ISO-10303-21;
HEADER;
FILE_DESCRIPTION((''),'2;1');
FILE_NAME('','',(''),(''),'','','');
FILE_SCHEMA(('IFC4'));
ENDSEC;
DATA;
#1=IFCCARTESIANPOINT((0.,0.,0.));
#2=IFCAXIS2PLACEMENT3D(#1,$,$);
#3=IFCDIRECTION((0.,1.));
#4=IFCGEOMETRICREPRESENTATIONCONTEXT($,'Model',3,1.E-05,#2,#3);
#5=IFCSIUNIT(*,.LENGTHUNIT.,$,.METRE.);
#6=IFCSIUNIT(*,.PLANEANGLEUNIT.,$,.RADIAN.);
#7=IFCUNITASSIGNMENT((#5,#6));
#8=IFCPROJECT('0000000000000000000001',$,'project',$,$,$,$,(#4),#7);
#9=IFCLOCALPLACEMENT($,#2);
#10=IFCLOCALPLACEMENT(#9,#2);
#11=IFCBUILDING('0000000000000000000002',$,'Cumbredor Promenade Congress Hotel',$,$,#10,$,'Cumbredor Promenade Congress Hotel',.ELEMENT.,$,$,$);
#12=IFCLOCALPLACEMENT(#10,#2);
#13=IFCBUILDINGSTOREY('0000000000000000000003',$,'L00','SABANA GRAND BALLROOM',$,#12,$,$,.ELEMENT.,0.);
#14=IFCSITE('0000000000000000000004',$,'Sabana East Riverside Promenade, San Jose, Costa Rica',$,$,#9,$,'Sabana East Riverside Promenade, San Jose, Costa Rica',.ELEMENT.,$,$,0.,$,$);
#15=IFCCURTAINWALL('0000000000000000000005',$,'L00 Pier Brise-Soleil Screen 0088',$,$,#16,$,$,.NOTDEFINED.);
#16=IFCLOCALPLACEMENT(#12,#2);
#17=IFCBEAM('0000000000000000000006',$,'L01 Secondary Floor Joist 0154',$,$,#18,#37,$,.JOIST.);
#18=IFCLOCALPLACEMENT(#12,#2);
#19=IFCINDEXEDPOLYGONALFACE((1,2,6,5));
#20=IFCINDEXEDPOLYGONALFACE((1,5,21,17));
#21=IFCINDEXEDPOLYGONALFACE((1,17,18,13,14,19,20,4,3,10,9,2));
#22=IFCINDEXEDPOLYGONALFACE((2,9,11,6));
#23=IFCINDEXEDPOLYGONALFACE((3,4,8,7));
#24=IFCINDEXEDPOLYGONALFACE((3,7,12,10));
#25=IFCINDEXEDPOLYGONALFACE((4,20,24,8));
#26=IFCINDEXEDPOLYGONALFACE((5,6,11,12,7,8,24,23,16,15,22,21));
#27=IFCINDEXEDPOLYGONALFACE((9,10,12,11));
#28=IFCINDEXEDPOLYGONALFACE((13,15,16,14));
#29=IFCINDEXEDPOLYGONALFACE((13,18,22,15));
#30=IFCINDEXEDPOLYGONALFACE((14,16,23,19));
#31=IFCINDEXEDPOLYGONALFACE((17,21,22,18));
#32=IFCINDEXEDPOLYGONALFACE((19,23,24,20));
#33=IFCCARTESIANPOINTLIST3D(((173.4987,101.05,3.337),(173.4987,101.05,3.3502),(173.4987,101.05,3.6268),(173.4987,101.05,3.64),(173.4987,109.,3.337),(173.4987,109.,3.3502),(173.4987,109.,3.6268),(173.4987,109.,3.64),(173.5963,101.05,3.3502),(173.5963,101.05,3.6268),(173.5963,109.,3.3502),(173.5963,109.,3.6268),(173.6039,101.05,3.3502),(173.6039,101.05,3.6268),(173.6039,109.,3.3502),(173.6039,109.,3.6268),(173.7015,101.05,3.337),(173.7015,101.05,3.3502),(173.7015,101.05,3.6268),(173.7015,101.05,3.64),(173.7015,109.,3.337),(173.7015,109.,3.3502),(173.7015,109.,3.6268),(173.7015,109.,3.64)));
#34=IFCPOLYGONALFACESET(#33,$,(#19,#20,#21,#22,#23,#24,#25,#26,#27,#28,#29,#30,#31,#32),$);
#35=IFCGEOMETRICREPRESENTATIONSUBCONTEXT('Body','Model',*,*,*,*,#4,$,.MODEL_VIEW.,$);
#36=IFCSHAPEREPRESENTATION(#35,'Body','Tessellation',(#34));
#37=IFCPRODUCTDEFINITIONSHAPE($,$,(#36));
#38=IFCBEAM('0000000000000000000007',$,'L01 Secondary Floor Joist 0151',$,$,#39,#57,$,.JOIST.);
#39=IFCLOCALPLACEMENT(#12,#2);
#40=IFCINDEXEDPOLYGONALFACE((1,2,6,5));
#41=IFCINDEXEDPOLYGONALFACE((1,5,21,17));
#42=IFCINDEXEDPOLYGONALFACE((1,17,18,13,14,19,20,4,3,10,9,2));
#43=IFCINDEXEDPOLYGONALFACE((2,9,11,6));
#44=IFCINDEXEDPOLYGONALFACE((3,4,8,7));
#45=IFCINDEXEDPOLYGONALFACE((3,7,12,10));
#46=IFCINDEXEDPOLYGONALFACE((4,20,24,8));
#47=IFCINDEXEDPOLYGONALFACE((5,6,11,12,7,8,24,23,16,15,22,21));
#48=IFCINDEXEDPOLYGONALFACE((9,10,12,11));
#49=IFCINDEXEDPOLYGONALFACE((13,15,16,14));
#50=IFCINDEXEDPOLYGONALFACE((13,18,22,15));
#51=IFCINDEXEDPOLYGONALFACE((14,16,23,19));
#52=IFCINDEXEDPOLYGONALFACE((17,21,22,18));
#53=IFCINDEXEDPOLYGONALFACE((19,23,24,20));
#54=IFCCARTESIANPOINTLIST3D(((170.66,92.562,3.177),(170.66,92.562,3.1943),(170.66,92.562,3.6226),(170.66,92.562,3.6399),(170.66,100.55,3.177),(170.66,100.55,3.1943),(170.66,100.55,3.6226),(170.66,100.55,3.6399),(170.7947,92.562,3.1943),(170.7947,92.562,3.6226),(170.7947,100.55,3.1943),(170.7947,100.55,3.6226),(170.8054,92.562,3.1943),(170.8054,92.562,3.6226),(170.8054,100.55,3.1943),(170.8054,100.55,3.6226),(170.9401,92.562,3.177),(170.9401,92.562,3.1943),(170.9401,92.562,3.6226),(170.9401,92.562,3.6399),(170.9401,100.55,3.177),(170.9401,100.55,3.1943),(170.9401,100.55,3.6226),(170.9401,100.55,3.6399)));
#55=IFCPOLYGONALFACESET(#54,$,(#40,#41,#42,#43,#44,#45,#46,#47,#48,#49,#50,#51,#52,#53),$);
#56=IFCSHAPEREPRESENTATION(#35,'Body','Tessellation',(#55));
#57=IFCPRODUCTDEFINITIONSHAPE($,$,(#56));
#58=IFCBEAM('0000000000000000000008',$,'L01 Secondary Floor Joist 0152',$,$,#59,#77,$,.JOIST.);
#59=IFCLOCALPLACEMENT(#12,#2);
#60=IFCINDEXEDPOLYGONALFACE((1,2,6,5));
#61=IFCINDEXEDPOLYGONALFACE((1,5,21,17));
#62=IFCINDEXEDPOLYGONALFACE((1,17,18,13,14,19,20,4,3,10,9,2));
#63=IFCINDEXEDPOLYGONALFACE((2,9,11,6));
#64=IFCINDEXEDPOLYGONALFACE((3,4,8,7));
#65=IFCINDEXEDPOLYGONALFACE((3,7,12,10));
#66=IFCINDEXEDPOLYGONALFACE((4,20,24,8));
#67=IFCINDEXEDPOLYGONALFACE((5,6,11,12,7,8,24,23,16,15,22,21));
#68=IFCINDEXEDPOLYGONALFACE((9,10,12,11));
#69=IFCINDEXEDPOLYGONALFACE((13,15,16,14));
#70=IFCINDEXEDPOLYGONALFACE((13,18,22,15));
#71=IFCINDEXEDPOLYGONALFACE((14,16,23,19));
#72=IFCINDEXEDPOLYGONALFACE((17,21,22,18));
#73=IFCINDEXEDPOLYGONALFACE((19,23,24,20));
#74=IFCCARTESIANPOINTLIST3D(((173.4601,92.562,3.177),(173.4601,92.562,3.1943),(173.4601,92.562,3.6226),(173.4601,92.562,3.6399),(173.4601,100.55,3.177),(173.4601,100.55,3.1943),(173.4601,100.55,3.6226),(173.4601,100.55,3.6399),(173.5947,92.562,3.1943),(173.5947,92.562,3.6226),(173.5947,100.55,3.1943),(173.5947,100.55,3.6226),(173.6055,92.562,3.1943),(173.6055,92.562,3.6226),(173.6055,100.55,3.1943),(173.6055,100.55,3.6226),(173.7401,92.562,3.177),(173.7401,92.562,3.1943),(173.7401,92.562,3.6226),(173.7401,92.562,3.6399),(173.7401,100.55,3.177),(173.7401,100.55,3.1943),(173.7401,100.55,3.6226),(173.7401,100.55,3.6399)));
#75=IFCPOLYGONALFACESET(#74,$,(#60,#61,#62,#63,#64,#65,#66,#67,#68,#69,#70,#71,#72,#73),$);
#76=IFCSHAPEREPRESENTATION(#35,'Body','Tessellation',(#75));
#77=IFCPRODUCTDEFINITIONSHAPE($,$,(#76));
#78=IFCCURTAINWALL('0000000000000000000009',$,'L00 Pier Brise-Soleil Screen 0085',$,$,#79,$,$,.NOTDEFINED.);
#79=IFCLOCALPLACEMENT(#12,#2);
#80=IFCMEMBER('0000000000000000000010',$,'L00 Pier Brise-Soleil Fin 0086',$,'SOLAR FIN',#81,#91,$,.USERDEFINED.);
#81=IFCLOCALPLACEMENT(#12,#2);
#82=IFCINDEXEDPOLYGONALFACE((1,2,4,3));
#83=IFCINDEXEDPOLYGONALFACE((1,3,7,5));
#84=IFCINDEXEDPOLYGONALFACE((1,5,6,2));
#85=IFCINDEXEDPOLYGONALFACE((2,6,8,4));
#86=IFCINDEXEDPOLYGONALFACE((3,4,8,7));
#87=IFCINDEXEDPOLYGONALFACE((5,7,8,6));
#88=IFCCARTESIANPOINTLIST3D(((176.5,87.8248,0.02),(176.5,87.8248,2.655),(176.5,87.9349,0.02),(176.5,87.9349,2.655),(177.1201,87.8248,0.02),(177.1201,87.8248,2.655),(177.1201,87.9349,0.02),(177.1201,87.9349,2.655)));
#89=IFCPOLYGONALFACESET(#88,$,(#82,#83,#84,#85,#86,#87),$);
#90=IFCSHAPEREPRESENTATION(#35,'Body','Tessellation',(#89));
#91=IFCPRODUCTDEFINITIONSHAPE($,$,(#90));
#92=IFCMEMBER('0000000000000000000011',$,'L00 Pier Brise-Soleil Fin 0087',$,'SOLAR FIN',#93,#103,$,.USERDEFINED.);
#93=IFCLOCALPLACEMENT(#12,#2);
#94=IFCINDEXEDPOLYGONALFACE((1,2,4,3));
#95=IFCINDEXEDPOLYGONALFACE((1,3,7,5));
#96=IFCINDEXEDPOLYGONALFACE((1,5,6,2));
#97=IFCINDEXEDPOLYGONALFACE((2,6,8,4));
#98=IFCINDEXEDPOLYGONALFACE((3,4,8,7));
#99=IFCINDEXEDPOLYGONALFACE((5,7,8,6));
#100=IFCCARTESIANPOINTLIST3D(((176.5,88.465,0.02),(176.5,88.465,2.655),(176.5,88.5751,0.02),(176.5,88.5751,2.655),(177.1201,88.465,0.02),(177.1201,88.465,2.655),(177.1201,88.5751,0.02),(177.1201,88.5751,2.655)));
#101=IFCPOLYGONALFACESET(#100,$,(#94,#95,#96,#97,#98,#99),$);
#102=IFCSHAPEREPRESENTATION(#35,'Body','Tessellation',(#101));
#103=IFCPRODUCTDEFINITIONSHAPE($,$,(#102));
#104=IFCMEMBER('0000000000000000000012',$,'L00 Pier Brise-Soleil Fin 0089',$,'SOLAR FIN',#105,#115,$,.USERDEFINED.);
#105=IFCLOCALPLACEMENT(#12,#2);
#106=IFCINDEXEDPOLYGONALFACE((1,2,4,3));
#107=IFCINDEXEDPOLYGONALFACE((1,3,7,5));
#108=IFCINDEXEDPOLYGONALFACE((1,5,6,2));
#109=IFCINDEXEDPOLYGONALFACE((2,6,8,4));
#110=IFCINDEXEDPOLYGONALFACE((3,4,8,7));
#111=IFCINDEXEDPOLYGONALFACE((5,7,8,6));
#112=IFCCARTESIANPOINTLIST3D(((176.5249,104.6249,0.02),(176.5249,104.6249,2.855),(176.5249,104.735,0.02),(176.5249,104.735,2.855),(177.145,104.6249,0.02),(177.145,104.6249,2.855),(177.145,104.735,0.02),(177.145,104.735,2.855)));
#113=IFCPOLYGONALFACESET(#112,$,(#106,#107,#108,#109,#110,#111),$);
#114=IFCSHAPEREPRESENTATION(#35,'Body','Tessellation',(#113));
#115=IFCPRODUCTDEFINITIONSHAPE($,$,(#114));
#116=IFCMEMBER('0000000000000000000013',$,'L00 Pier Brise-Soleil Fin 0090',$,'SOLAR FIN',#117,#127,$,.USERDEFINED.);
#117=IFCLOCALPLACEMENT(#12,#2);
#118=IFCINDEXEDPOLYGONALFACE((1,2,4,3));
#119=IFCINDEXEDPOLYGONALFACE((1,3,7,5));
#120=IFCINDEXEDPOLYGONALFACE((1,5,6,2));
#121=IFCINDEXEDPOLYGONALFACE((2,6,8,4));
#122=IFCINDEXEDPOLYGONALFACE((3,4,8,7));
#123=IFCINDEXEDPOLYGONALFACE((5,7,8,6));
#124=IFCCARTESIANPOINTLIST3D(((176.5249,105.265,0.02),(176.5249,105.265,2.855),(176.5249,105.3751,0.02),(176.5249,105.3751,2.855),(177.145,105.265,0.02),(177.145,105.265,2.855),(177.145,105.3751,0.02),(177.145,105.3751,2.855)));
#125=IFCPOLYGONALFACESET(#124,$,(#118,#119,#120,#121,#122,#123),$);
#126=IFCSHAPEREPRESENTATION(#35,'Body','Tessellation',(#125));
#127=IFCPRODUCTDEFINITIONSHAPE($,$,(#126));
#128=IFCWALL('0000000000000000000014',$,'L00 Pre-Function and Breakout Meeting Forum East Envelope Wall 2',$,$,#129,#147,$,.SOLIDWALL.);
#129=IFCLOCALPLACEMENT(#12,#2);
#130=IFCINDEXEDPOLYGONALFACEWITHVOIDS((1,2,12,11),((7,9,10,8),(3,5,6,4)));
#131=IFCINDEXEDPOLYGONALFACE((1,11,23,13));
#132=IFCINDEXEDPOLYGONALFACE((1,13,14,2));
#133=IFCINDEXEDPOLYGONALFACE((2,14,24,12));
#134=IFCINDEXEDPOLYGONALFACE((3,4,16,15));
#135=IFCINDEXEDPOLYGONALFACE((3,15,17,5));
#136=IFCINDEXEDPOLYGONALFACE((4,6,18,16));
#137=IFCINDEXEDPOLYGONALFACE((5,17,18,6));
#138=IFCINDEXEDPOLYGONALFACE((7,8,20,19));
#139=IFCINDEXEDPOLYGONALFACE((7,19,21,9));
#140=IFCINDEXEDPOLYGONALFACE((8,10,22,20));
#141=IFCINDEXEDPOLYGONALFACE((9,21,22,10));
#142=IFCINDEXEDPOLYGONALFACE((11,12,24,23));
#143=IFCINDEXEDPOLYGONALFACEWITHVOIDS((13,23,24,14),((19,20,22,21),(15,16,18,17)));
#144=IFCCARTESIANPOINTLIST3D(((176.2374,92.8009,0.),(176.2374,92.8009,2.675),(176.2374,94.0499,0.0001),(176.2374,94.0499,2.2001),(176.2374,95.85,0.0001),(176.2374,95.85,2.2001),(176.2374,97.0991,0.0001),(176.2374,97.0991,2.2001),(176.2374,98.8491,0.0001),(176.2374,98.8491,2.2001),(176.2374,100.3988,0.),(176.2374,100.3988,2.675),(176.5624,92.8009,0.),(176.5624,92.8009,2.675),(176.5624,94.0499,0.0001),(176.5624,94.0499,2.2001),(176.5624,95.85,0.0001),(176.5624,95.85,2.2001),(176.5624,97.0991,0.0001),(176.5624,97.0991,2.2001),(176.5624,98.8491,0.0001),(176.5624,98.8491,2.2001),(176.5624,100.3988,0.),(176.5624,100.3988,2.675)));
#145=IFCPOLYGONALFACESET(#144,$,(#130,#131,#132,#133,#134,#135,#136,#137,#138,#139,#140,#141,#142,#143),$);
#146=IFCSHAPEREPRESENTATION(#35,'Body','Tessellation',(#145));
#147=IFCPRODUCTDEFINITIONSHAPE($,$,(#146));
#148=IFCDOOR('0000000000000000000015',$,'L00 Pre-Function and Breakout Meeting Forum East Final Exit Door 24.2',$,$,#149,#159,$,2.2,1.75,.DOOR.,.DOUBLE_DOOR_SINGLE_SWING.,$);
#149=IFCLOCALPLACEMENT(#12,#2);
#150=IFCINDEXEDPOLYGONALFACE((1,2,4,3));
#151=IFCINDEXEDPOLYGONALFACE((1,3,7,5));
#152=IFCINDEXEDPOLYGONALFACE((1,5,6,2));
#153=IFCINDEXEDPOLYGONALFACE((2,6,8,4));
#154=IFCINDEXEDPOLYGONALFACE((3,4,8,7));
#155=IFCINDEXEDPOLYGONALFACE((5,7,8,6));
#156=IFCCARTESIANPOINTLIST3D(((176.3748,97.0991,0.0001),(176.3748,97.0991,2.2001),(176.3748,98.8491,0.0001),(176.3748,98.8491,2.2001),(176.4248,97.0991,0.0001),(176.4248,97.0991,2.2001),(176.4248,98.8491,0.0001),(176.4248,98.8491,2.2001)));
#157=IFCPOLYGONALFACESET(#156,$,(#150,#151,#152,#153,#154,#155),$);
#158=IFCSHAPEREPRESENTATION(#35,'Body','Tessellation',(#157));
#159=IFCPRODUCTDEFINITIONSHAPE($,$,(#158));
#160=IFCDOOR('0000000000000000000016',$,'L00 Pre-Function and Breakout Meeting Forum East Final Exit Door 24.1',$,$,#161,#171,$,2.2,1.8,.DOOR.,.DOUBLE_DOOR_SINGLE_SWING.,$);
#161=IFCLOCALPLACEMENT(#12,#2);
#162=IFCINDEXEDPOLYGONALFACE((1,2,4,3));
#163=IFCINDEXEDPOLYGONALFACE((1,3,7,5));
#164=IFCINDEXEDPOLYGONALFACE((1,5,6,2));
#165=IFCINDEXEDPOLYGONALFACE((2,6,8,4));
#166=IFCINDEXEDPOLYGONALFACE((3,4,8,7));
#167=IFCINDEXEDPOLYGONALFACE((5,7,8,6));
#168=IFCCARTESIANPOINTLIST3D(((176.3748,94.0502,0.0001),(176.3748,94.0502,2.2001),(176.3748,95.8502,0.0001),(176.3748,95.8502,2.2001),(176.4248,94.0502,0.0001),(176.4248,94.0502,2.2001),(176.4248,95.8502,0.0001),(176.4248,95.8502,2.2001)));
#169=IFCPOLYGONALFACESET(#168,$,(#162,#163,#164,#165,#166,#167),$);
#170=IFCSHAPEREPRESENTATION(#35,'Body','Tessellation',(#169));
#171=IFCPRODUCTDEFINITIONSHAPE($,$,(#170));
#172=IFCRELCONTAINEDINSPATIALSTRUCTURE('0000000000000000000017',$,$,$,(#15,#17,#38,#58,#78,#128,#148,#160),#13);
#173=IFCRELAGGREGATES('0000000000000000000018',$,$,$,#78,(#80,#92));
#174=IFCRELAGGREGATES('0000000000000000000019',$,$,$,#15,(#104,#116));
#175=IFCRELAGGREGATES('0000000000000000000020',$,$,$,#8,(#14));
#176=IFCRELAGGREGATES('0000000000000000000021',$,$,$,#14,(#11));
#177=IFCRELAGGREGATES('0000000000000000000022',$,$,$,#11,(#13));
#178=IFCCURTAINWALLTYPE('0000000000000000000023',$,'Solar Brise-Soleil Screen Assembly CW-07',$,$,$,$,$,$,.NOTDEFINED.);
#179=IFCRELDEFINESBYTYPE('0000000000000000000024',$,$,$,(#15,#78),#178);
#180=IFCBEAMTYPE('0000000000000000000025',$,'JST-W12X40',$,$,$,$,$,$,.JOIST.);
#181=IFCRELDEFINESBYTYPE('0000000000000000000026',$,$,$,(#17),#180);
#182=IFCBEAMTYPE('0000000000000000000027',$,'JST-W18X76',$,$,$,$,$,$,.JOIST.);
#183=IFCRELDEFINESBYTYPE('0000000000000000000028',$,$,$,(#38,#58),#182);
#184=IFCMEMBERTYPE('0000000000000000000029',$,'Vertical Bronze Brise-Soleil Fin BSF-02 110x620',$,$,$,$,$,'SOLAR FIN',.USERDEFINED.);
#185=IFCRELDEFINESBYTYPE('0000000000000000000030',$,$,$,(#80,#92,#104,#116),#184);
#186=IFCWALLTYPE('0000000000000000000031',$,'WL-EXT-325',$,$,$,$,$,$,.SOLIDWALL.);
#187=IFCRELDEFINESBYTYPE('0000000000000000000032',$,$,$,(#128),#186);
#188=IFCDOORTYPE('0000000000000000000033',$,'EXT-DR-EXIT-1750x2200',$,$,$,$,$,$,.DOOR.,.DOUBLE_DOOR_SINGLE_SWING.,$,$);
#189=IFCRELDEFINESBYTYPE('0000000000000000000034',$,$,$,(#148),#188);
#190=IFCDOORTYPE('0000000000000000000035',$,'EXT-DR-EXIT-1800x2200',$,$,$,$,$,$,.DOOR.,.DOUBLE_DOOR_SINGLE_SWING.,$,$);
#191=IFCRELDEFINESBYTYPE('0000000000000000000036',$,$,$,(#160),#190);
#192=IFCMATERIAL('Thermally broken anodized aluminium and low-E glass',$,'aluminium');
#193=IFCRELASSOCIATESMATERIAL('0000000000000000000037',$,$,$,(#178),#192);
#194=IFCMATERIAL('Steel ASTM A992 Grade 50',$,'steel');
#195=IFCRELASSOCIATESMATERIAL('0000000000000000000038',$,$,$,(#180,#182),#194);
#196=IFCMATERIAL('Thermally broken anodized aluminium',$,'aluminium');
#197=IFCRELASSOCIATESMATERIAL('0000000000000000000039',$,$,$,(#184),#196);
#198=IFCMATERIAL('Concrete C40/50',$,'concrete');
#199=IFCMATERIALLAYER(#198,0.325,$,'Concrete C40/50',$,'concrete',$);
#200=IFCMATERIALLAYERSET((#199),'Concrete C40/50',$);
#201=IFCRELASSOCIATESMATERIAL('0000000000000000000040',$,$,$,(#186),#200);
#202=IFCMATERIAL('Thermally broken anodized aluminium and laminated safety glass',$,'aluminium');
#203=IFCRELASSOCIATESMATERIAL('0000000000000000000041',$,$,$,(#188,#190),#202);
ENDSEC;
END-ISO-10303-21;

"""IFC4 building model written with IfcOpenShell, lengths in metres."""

from ifc_helpers import new_model, si_unit, direction, frame, frame_2d, origin, origin_2d, place, context, subcontext, project, spatial, rectangle, i_section, extrude, material, layer, layer_set, material_profile, profile_set, type_object, element, fill, aggregate, save


model = new_model("IFC4")

# Units and contexts
model_context = context("Model", 3, precision=1e-05, world=origin(), true_north=direction((0.0, 1.0)))
body_context = subcontext(model_context, "Body", "Model", "MODEL_VIEW")
ifc_project = project(units=[si_unit("LENGTHUNIT", "METRE"), si_unit("PLANEANGLEUNIT", "RADIAN")], contexts=[model_context])

# Site, building, storey
site_placement = place(None, origin())
site = spatial("IfcSite", under=ifc_project, at=site_placement, Name="Sabana East Riverside Promenade, San Jose, Costa Rica", LongName="Sabana East Riverside Promenade, San Jose, Costa Rica", CompositionType="ELEMENT", RefElevation=0.0)
building_placement = place(site_placement, origin())
building = spatial("IfcBuilding", under=site, at=building_placement, Name="Cumbredor Promenade Congress Hotel", LongName="Cumbredor Promenade Congress Hotel", CompositionType="ELEMENT")
storey_placement = place(building_placement, origin())
storey = spatial("IfcBuildingStorey", under=building, at=storey_placement, Name="L00", Description="SABANA GRAND BALLROOM", CompositionType="ELEMENT", Elevation=0.0)

# Shared definitions
ifc_material_1 = material(Name="Concrete C40/50", Category="concrete")
ifc_material_2 = material(Name="Steel ASTM A992 Grade 50", Category="steel")

# Curtain wall
ifc_material_3 = material(Name="Thermally broken anodized aluminium and low-E glass", Category="aluminium")
curtain_wall_type = type_object("IfcCurtainWallType", Name="Solar Brise-Soleil Screen Assembly CW-07", PredefinedType="NOTDEFINED", material=ifc_material_3)
curtain_wall_1_placement = place(storey_placement, origin())
curtain_wall_1 = element("IfcCurtainWall", 1, at=curtain_wall_1_placement, inside=storey, type_object=curtain_wall_type, Name="L00 Pier Brise-Soleil Screen 0088", PredefinedType="NOTDEFINED")
ifc_material_4 = material(Name="Thermally broken anodized aluminium", Category="aluminium")

# Beams
ifc_material_profile_1 = material_profile(ifc_material_2, i_section(OverallWidth=0.2029, OverallDepth=0.303, WebThickness=0.0076, FlangeThickness=0.0132, at=origin_2d()), Name="W12X40")
ifc_profile_set_1 = profile_set([ifc_material_profile_1], Name="Steel ASTM A992 Grade 50")
beam_type_1 = type_object("IfcBeamType", Name="JST-W12X40", PredefinedType="JOIST", material=ifc_profile_set_1)
for number, where, z_axis, x_axis, name in (
    (2, (173.6001, 101.05, 3.4885), (0.0, 1.0, 0.0), (-1.0, 0.0, 0.0), "L01 Secondary Floor Joist 0154"),
):
    element("IfcBeam", number, at=place(storey_placement, frame(where, z_axis=z_axis, x_axis=x_axis)), inside=storey, type_object=beam_type_1, Name=name, PredefinedType="JOIST", context=body_context, shape_type="SweptSolid", body=[
        extrude(i_section(OverallWidth=0.2029, OverallDepth=0.303, WebThickness=0.0076, FlangeThickness=0.0132, at=origin_2d()), origin(), (0.0, 0.0, 1.0), 7.95),
    ])
ifc_material_profile_2 = material_profile(ifc_material_2, i_section(OverallWidth=0.28, OverallDepth=0.4629, WebThickness=0.0107, FlangeThickness=0.0173, at=origin_2d()), Name="W18X76")
ifc_profile_set_2 = profile_set([ifc_material_profile_2], Name="Steel ASTM A992 Grade 50")
beam_type_2 = type_object("IfcBeamType", Name="JST-W18X76", PredefinedType="JOIST", material=ifc_profile_set_2)
for number, where, z_axis, x_axis, name in (
    (3, (170.8, 92.562, 3.4084), (0.0, 1.0, 0.0), (-1.0, 0.0, 0.0), "L01 Secondary Floor Joist 0151"),
    (4, (173.6001, 92.562, 3.4084), (0.0, 1.0, 0.0), (-1.0, 0.0, 0.0), "L01 Secondary Floor Joist 0152"),
):
    element("IfcBeam", number, at=place(storey_placement, frame(where, z_axis=z_axis, x_axis=x_axis)), inside=storey, type_object=beam_type_2, Name=name, PredefinedType="JOIST", context=body_context, shape_type="SweptSolid", body=[
        extrude(i_section(OverallWidth=0.28, OverallDepth=0.4629, WebThickness=0.0107, FlangeThickness=0.0173, at=origin_2d()), origin(), (0.0, 0.0, 1.0), 7.988),
    ])

# Curtain wall, members
curtain_wall_2_placement = place(storey_placement, origin())
curtain_wall_2 = element("IfcCurtainWall", 5, at=curtain_wall_2_placement, inside=storey, type_object=curtain_wall_type, Name="L00 Pier Brise-Soleil Screen 0085", PredefinedType="NOTDEFINED")
ifc_material_profile_3 = material_profile(ifc_material_4, rectangle(XDim=0.1101, YDim=0.6201, at=origin_2d()), Name="ARCH FIN 110x620")
ifc_profile_set_3 = profile_set([ifc_material_profile_3], Name="Thermally broken anodized aluminium")
member_type_1 = type_object("IfcMemberType", Name="Vertical Bronze Brise-Soleil Fin BSF-02 110x620", ElementType="SOLAR FIN", PredefinedType="USERDEFINED", material=ifc_profile_set_3)
member_1_placement = place(storey_placement, frame((176.8101, 87.8799, 0.02), z_axis=(0.0, 0.0, 1.0), x_axis=(0.0, 1.0, 0.0)))
member_1 = element("IfcMember", 6, at=member_1_placement, type_object=member_type_1, Name="L00 Pier Brise-Soleil Fin 0086", ObjectType="SOLAR FIN", PredefinedType="USERDEFINED", context=body_context, shape_type="SweptSolid", body=[
    extrude(rectangle(XDim=0.1101, YDim=0.6201, at=origin_2d()), origin(), (0.0, 0.0, 1.0), 2.635),
])
member_2_placement = place(storey_placement, frame((176.8101, 88.52, 0.02), z_axis=(0.0, 0.0, 1.0), x_axis=(0.0, 1.0, 0.0)))
member_2 = element("IfcMember", 7, at=member_2_placement, type_object=member_type_1, Name="L00 Pier Brise-Soleil Fin 0087", ObjectType="SOLAR FIN", PredefinedType="USERDEFINED", context=body_context, shape_type="SweptSolid", body=[
    extrude(rectangle(XDim=0.1101, YDim=0.6201, at=origin_2d()), origin(), (0.0, 0.0, 1.0), 2.635),
])
aggregate(curtain_wall_2, [member_1, member_2])

# Members
member_3_placement = place(storey_placement, frame((176.835, 104.6799, 0.02), z_axis=(0.0, 0.0, 1.0), x_axis=(0.0, 1.0, 0.0)))
member_3 = element("IfcMember", 8, at=member_3_placement, type_object=member_type_1, Name="L00 Pier Brise-Soleil Fin 0089", ObjectType="SOLAR FIN", PredefinedType="USERDEFINED", context=body_context, shape_type="SweptSolid", body=[
    extrude(rectangle(XDim=0.1101, YDim=0.6201, at=origin_2d()), origin(), (0.0, 0.0, 1.0), 2.835),
])
member_4_placement = place(storey_placement, frame((176.835, 105.3201, 0.02), z_axis=(0.0, 0.0, 1.0), x_axis=(0.0, 1.0, 0.0)))
member_4 = element("IfcMember", 9, at=member_4_placement, type_object=member_type_1, Name="L00 Pier Brise-Soleil Fin 0090", ObjectType="SOLAR FIN", PredefinedType="USERDEFINED", context=body_context, shape_type="SweptSolid", body=[
    extrude(rectangle(XDim=0.1101, YDim=0.6201, at=origin_2d()), origin(), (0.0, 0.0, 1.0), 2.835),
])
aggregate(curtain_wall_1, [member_3, member_4])

# Wall, openings, doors
ifc_layer_1 = layer(ifc_material_1, 0.325, Name="Concrete C40/50", Category="concrete")
ifc_layer_set_1 = layer_set([ifc_layer_1], Name="Concrete C40/50")
wall_type_1 = type_object("IfcWallType", Name="WL-EXT-325", PredefinedType="SOLIDWALL", material=ifc_layer_set_1)
wall_1_placement = place(storey_placement, frame((176.3999, 92.801, 0.0), z_axis=(0.0, 0.0, 1.0), x_axis=(0.0, 1.0, 0.0)))
wall_1 = element("IfcWall", 10, at=wall_1_placement, inside=storey, type_object=wall_type_1, Name="L00 Pre-Function and Breakout Meeting Forum East Envelope Wall 2", PredefinedType="SOLIDWALL", context=body_context, shape_type="SweptSolid", body=[
    extrude(rectangle(XDim=7.5979, YDim=0.325, at=frame_2d((3.7988, 0.0))), origin(), (0.0, 0.0, 1.0), 2.675),
])
opening_1_placement = place(wall_1_placement, frame((1.249, 0.0, 0.0)))
opening_1 = element("IfcOpeningElement", 11, at=opening_1_placement, cuts=wall_1, PredefinedType="OPENING", context=body_context, shape_type="SweptSolid", body=[
    extrude(rectangle(XDim=1.8, YDim=2.2, at=frame_2d((0.8999, 1.1001))), frame((0.0, 0.1724, 0.0), z_axis=(0.0, -1.0, 0.0), x_axis=(1.0, 0.0, 0.0)), (0.0, 0.0, 1.0), 0.345),
])
opening_2_placement = place(wall_1_placement, frame((4.2981, 0.0, 0.0)))
opening_2 = element("IfcOpeningElement", 12, at=opening_2_placement, cuts=wall_1, PredefinedType="OPENING", context=body_context, shape_type="SweptSolid", body=[
    extrude(rectangle(XDim=1.75, YDim=2.2, at=frame_2d((0.875, 1.1001))), frame((0.0, 0.1724, 0.0), z_axis=(0.0, -1.0, 0.0), x_axis=(1.0, 0.0, 0.0)), (0.0, 0.0, 1.0), 0.345),
])
ifc_material_5 = material(Name="Thermally broken anodized aluminium and laminated safety glass", Category="aluminium")
door_type_1 = type_object("IfcDoorType", Name="EXT-DR-EXIT-1750x2200", OperationType="DOUBLE_DOOR_SINGLE_SWING", PredefinedType="DOOR", material=ifc_material_5)
door_1_placement = place(opening_2_placement, frame((1.75, 0.0, 0.0), z_axis=(0.0, 0.0, 1.0), x_axis=(-1.0, 0.0, 0.0)))
door_1 = element("IfcDoor", 13, at=door_1_placement, inside=storey, type_object=door_type_1, Name="L00 Pre-Function and Breakout Meeting Forum East Final Exit Door 24.2", OperationType="DOUBLE_DOOR_SINGLE_SWING", OverallHeight=2.2, OverallWidth=1.75, PredefinedType="DOOR", context=body_context, shape_type="SweptSolid", body=[
    extrude(rectangle(XDim=1.75, YDim=2.2, at=frame_2d((0.875, 1.1001))), frame((0.0, 0.0249, 0.0), z_axis=(0.0, -1.0, 0.0), x_axis=(1.0, 0.0, 0.0)), (0.0, 0.0, 1.0), 0.05),
])
fill(opening_2, door_1)
door_type_2 = type_object("IfcDoorType", Name="EXT-DR-EXIT-1800x2200", OperationType="DOUBLE_DOOR_SINGLE_SWING", PredefinedType="DOOR", material=ifc_material_5)
door_2_placement = place(opening_1_placement, frame((1.8, 0.0, 0.0), z_axis=(0.0, 0.0, 1.0), x_axis=(-1.0, 0.0, 0.0)))
door_2 = element("IfcDoor", 14, at=door_2_placement, inside=storey, type_object=door_type_2, Name="L00 Pre-Function and Breakout Meeting Forum East Final Exit Door 24.1", OperationType="DOUBLE_DOOR_SINGLE_SWING", OverallHeight=2.2, OverallWidth=1.8, PredefinedType="DOOR", context=body_context, shape_type="SweptSolid", body=[
    extrude(rectangle(XDim=1.8, YDim=2.2, at=frame_2d((0.8999, 1.1001))), frame((0.0, 0.0249, 0.0), z_axis=(0.0, -1.0, 0.0), x_axis=(1.0, 0.0, 0.0)), (0.0, 0.0, 1.0), 0.05),
])
fill(opening_1, door_2)

save(model, "model.ifc")
